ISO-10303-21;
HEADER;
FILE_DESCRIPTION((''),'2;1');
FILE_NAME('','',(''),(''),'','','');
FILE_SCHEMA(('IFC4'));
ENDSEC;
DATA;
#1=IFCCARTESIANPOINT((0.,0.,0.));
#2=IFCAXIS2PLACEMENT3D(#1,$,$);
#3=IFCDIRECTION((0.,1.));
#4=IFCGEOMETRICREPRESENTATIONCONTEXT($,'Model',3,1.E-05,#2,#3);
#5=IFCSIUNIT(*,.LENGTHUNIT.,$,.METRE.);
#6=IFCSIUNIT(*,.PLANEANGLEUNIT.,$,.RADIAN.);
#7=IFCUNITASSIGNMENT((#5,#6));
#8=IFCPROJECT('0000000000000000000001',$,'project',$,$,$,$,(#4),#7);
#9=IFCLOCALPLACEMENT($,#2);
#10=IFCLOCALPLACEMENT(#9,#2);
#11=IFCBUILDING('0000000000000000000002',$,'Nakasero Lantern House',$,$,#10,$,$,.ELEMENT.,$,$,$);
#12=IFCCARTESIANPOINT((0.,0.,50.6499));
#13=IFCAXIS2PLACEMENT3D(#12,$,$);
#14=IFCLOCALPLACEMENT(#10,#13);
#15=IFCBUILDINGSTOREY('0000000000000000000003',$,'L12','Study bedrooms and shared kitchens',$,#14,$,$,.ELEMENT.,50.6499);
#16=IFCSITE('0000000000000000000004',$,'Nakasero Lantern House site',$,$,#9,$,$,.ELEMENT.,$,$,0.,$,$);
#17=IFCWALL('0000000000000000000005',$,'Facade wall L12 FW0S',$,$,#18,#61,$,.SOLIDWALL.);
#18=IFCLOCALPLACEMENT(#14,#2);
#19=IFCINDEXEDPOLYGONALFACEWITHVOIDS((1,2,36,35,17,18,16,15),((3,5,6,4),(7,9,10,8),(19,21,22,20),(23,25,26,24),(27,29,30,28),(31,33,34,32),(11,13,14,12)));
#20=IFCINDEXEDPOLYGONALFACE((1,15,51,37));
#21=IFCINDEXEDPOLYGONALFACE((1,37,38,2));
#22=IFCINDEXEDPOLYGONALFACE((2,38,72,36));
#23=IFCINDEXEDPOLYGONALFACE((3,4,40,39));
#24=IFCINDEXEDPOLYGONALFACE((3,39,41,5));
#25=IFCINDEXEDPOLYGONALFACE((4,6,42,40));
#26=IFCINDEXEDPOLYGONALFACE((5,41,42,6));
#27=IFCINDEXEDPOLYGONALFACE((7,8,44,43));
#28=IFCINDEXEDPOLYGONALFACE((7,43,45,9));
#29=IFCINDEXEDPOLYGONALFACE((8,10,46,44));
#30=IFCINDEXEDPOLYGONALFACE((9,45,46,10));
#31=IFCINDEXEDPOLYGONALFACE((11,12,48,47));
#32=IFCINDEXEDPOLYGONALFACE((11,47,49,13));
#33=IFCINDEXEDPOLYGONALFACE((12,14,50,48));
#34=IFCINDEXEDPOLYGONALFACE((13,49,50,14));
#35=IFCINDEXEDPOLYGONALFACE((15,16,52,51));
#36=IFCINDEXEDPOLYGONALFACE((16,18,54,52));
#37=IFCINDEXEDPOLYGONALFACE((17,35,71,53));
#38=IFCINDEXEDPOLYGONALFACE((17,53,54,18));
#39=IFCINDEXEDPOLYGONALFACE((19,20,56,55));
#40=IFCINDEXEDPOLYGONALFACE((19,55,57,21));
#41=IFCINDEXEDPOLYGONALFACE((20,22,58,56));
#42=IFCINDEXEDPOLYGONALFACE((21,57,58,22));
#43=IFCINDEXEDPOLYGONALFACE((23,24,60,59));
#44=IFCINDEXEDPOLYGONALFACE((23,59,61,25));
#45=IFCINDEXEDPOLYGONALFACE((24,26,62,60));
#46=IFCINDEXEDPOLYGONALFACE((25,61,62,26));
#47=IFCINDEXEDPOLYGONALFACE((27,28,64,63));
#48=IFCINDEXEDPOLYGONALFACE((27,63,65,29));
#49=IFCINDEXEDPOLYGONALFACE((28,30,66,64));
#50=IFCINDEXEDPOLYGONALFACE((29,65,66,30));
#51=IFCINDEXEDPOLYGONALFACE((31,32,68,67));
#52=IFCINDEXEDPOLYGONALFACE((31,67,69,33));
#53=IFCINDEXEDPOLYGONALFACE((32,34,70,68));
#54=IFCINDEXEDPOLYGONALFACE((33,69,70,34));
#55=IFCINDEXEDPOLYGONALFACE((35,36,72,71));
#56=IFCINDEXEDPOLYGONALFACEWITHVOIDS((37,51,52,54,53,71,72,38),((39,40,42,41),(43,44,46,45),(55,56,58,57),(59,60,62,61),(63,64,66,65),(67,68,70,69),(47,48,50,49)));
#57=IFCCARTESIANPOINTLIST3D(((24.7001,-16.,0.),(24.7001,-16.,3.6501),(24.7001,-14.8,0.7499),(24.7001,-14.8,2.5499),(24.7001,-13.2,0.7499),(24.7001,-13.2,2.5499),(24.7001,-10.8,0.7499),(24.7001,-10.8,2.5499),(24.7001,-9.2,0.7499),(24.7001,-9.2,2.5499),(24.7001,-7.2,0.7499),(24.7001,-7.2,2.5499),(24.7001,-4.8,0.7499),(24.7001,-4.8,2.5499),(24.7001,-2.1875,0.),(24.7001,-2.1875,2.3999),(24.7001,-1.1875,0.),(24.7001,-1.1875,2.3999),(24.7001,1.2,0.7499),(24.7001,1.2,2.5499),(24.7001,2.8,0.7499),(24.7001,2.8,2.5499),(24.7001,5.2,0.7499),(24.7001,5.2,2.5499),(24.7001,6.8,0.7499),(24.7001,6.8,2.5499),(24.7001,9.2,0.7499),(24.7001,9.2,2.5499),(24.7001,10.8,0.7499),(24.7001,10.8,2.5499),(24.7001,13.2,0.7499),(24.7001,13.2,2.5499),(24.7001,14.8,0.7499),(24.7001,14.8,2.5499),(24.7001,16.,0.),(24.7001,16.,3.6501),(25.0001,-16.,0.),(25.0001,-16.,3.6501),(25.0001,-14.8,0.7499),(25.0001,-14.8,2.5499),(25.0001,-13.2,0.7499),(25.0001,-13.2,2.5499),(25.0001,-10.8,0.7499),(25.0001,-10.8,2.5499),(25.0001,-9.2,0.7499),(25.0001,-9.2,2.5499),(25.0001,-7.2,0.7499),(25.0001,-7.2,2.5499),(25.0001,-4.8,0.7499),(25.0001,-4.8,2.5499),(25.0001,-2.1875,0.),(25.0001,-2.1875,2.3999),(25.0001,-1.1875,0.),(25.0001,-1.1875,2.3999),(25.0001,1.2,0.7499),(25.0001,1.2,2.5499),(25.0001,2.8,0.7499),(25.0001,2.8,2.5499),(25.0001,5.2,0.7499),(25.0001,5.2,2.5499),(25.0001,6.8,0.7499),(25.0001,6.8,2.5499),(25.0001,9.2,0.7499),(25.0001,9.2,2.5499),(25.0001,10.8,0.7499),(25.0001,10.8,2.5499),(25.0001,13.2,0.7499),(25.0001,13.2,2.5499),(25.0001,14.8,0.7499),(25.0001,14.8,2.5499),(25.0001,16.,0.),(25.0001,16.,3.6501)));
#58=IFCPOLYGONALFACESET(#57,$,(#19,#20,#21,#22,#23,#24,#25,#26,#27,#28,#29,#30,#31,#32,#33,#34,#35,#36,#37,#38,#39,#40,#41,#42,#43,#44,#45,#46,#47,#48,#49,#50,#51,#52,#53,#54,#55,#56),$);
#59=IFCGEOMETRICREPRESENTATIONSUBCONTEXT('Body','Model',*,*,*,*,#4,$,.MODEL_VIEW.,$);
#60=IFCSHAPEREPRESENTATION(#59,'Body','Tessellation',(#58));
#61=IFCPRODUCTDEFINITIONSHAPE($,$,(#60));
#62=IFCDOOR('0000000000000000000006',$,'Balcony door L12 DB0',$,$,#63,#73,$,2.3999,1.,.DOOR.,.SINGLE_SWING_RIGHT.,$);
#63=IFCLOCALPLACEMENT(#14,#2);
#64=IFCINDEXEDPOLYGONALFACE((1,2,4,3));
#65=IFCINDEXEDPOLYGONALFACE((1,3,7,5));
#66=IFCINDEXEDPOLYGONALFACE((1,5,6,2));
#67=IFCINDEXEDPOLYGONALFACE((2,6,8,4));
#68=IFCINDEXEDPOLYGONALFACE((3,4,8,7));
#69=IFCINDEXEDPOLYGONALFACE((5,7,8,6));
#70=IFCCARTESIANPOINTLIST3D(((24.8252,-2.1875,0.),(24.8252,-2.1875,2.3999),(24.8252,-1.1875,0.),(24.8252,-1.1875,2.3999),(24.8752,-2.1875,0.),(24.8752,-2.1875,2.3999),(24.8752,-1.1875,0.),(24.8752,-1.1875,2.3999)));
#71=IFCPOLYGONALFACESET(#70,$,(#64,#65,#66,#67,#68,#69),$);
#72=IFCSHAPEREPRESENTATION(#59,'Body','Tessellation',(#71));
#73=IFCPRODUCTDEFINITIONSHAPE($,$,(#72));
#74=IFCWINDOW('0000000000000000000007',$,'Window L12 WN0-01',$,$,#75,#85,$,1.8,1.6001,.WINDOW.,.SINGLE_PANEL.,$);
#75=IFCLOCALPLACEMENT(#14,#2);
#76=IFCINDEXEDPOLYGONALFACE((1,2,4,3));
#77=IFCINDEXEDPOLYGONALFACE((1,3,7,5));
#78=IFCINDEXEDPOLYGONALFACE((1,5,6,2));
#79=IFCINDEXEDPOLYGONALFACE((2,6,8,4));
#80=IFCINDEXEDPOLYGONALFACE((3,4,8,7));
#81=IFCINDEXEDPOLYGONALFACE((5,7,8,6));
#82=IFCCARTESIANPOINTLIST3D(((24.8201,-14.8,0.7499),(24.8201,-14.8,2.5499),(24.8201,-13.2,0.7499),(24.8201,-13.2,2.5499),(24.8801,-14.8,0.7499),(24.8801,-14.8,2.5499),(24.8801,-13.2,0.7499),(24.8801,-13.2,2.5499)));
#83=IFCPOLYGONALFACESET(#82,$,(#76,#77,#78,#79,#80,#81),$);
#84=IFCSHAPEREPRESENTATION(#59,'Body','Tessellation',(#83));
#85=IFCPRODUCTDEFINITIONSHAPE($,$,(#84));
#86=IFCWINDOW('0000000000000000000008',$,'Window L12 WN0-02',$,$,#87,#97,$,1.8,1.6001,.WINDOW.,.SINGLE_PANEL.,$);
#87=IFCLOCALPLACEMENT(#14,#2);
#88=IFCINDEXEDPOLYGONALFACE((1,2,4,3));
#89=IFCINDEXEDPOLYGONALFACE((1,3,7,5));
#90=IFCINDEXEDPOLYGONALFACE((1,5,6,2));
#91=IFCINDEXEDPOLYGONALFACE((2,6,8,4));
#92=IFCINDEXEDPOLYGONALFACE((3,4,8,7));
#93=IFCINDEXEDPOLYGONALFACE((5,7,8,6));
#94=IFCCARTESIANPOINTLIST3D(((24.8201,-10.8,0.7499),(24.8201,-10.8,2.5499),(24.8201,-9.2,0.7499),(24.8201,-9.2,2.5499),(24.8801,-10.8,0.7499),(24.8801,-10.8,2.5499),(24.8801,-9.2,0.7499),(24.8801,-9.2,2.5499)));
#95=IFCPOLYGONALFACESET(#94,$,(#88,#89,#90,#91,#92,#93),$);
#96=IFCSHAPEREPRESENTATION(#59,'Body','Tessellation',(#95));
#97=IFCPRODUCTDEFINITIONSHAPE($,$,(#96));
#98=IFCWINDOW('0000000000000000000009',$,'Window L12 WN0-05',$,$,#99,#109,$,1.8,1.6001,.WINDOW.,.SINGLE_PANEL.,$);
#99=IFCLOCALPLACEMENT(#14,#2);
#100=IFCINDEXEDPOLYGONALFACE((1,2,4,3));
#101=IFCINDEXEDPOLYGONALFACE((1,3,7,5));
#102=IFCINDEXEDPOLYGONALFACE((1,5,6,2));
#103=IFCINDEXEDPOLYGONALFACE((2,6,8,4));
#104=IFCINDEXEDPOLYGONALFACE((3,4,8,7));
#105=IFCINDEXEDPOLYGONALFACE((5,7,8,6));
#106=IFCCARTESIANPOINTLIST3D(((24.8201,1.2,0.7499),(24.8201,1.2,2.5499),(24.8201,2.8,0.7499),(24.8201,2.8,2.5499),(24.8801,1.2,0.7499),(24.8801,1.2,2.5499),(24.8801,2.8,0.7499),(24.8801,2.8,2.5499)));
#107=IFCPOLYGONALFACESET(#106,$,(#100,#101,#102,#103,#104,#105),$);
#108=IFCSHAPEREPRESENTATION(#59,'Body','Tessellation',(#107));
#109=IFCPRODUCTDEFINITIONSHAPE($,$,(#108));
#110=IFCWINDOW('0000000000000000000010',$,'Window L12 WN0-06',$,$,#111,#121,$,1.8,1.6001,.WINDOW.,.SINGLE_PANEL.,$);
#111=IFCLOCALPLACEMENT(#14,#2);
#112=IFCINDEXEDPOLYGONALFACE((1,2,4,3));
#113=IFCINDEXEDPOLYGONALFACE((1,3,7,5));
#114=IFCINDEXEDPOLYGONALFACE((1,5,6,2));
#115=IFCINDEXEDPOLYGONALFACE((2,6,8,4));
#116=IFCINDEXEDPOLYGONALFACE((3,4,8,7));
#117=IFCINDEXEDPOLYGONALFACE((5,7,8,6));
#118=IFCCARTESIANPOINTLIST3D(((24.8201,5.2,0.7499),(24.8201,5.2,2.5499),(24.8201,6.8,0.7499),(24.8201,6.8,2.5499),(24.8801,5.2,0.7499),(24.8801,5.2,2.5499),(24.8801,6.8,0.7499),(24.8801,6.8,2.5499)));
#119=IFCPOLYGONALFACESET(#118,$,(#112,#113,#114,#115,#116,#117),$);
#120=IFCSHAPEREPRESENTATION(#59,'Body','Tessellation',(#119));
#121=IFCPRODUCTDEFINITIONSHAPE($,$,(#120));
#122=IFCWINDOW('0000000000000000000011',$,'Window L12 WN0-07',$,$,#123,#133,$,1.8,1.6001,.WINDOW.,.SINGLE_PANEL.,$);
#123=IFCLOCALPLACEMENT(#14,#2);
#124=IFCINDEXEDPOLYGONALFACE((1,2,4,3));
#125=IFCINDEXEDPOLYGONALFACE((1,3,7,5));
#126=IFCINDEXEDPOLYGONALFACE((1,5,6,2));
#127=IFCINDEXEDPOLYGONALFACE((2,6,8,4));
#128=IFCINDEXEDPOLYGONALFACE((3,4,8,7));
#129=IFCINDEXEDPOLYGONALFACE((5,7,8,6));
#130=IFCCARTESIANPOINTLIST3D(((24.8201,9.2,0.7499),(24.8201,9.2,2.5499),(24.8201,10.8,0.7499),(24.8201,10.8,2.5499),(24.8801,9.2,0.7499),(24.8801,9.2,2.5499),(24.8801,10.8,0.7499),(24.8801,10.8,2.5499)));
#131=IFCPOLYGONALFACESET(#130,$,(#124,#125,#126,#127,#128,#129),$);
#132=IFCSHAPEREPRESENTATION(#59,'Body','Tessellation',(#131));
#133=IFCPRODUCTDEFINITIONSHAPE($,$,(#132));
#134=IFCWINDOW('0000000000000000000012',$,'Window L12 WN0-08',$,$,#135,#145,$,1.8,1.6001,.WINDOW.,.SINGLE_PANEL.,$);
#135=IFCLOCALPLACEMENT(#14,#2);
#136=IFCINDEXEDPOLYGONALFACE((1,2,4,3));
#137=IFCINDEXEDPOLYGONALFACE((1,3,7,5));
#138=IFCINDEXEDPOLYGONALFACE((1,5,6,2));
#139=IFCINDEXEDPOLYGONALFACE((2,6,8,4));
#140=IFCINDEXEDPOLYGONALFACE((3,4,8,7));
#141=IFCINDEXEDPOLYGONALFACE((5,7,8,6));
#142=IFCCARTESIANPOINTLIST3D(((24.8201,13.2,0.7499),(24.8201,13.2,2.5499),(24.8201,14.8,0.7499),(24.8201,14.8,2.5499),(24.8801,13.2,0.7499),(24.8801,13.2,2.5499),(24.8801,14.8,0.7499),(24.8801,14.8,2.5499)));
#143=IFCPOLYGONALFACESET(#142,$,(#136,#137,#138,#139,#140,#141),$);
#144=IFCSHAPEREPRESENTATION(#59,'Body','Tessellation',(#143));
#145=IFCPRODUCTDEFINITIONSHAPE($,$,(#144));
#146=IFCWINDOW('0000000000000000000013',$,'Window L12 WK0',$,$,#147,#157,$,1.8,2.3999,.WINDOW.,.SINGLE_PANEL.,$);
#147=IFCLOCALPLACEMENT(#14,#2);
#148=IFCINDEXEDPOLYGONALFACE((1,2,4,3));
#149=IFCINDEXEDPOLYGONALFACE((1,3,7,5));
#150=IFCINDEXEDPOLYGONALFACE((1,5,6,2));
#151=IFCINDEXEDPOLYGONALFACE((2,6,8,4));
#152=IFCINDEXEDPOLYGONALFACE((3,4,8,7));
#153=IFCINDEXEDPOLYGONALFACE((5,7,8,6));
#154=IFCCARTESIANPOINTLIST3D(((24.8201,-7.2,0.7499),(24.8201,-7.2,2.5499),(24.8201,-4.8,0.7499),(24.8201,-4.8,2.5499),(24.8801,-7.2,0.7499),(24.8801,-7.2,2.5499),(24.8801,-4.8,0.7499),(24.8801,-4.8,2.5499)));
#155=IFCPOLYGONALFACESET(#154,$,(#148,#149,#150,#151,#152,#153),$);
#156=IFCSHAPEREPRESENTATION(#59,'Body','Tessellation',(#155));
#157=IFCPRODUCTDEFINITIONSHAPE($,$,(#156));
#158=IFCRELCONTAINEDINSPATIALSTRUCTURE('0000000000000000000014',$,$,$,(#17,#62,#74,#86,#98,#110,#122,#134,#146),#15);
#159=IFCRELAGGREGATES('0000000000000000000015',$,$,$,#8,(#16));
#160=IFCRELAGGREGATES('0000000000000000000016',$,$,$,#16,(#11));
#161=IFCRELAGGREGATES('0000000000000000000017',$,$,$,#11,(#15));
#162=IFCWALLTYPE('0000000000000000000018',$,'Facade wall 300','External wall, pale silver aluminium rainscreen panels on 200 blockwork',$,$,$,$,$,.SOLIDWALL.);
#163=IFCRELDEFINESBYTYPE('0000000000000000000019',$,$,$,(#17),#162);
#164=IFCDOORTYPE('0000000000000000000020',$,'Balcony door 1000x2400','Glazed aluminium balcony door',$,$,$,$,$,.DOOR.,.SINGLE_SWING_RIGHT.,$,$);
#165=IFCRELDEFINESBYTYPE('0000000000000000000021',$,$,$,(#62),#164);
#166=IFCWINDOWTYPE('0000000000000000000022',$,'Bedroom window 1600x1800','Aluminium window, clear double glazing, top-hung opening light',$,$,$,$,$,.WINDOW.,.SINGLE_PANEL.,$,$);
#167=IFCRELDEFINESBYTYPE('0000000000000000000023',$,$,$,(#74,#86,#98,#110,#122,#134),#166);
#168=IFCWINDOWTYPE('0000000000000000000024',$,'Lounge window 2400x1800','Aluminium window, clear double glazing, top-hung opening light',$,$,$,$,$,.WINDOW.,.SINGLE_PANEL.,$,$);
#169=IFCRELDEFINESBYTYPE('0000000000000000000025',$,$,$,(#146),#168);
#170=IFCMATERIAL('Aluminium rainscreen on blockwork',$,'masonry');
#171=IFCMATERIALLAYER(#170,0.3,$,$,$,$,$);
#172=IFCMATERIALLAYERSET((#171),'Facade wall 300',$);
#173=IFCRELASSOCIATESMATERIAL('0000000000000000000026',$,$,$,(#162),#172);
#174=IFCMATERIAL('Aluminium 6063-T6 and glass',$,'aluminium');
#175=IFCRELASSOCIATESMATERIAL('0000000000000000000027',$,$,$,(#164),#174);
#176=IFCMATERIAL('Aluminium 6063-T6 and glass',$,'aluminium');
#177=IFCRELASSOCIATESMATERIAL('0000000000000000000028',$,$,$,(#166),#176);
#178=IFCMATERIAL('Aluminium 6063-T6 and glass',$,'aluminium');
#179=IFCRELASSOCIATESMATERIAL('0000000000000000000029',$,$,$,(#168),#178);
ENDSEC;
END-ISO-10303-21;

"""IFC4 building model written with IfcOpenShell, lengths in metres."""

from ifc_helpers import new_model, si_unit, direction, frame, frame_2d, origin, place, context, subcontext, project, spatial, rectangle, extrude, material, layer, layer_set, type_object, element, fill, save


model = new_model("IFC4")

# Units and contexts
model_context = context("Model", 3, precision=1e-05, world=origin(), true_north=direction((0.0, 1.0)))
body_context = subcontext(model_context, "Body", "Model", "MODEL_VIEW")
ifc_project = project(units=[si_unit("LENGTHUNIT", "METRE"), si_unit("PLANEANGLEUNIT", "RADIAN")], contexts=[model_context])

# Site, building, storey
site_placement = place(None, origin())
site = spatial("IfcSite", under=ifc_project, at=site_placement, Name="Nakasero Lantern House site", CompositionType="ELEMENT", RefElevation=0.0)
building_placement = place(site_placement, origin())
building = spatial("IfcBuilding", under=site, at=building_placement, Name="Nakasero Lantern House", CompositionType="ELEMENT")
storey_placement = place(building_placement, frame((0.0, 0.0, 50.6499)))
storey = spatial("IfcBuildingStorey", under=building, at=storey_placement, Name="L12", Description="Study bedrooms and shared kitchens", CompositionType="ELEMENT", Elevation=50.6499)

# Wall, openings, door, windows
ifc_material_1 = material(Name="Aluminium rainscreen on blockwork", Category="masonry")
ifc_layer_1 = layer(ifc_material_1, 0.3)
ifc_layer_set_1 = layer_set([ifc_layer_1], Name="Facade wall 300")
wall_type_1 = type_object("IfcWallType", Name="Facade wall 300", Description="External wall, pale silver aluminium rainscreen panels on 200 blockwork", PredefinedType="SOLIDWALL", material=ifc_layer_set_1)
wall_1_placement = place(storey_placement, frame((24.8501, -16.0, 0.0), z_axis=(0.0, 0.0, 1.0), x_axis=(0.0, 1.0, 0.0)))
wall_1 = element("IfcWall", 1, at=wall_1_placement, inside=storey, type_object=wall_type_1, Name="Facade wall L12 FW0S", PredefinedType="SOLIDWALL", context=body_context, shape_type="SweptSolid", body=[
    extrude(rectangle(XDim=32.0, YDim=0.3, at=frame_2d((16.0, 0.0))), origin(), (0.0, 0.0, 1.0), 3.6501),
])
opening_1_placement = place(wall_1_placement, frame((1.2, 0.0, 0.75)))
opening_1 = element("IfcOpeningElement", 2, at=opening_1_placement, cuts=wall_1, PredefinedType="OPENING", context=body_context, shape_type="SweptSolid", body=[
    extrude(rectangle(XDim=1.6001, YDim=1.8, at=frame_2d((0.8, 0.8999))), frame((0.0, 0.1699, 0.0), z_axis=(0.0, -1.0, 0.0), x_axis=(1.0, 0.0, 0.0)), (0.0, 0.0, 1.0), 0.3401),
])
opening_2_placement = place(wall_1_placement, frame((5.2, 0.0, 0.75)))
opening_2 = element("IfcOpeningElement", 3, at=opening_2_placement, cuts=wall_1, PredefinedType="OPENING", context=body_context, shape_type="SweptSolid", body=[
    extrude(rectangle(XDim=1.6001, YDim=1.8, at=frame_2d((0.8, 0.8999))), frame((0.0, 0.1699, 0.0), z_axis=(0.0, -1.0, 0.0), x_axis=(1.0, 0.0, 0.0)), (0.0, 0.0, 1.0), 0.3401),
])
opening_3_placement = place(wall_1_placement, frame((17.2, 0.0, 0.75)))
opening_3 = element("IfcOpeningElement", 4, at=opening_3_placement, cuts=wall_1, PredefinedType="OPENING", context=body_context, shape_type="SweptSolid", body=[
    extrude(rectangle(XDim=1.6001, YDim=1.8, at=frame_2d((0.8, 0.8999))), frame((0.0, 0.1699, 0.0), z_axis=(0.0, -1.0, 0.0), x_axis=(1.0, 0.0, 0.0)), (0.0, 0.0, 1.0), 0.3401),
])
opening_4_placement = place(wall_1_placement, frame((21.2, 0.0, 0.75)))
opening_4 = element("IfcOpeningElement", 5, at=opening_4_placement, cuts=wall_1, PredefinedType="OPENING", context=body_context, shape_type="SweptSolid", body=[
    extrude(rectangle(XDim=1.6001, YDim=1.8, at=frame_2d((0.8, 0.8999))), frame((0.0, 0.1699, 0.0), z_axis=(0.0, -1.0, 0.0), x_axis=(1.0, 0.0, 0.0)), (0.0, 0.0, 1.0), 0.3401),
])
opening_5_placement = place(wall_1_placement, frame((25.2, 0.0, 0.75)))
opening_5 = element("IfcOpeningElement", 6, at=opening_5_placement, cuts=wall_1, PredefinedType="OPENING", context=body_context, shape_type="SweptSolid", body=[
    extrude(rectangle(XDim=1.6001, YDim=1.8, at=frame_2d((0.8, 0.8999))), frame((0.0, 0.1699, 0.0), z_axis=(0.0, -1.0, 0.0), x_axis=(1.0, 0.0, 0.0)), (0.0, 0.0, 1.0), 0.3401),
])
opening_6_placement = place(wall_1_placement, frame((29.2, 0.0, 0.75)))
opening_6 = element("IfcOpeningElement", 7, at=opening_6_placement, cuts=wall_1, PredefinedType="OPENING", context=body_context, shape_type="SweptSolid", body=[
    extrude(rectangle(XDim=1.6001, YDim=1.8, at=frame_2d((0.8, 0.8999))), frame((0.0, 0.1699, 0.0), z_axis=(0.0, -1.0, 0.0), x_axis=(1.0, 0.0, 0.0)), (0.0, 0.0, 1.0), 0.3401),
])
opening_7_placement = place(wall_1_placement, frame((8.8, 0.0, 0.75)))
opening_7 = element("IfcOpeningElement", 8, at=opening_7_placement, cuts=wall_1, PredefinedType="OPENING", context=body_context, shape_type="SweptSolid", body=[
    extrude(rectangle(XDim=2.3999, YDim=1.8, at=frame_2d((1.2, 0.8999))), frame((0.0, 0.1699, 0.0), z_axis=(0.0, -1.0, 0.0), x_axis=(1.0, 0.0, 0.0)), (0.0, 0.0, 1.0), 0.3401),
])
opening_8_placement = place(wall_1_placement, frame((13.8125, 0.0, 0.0)))
opening_8 = element("IfcOpeningElement", 9, at=opening_8_placement, cuts=wall_1, PredefinedType="OPENING", context=body_context, shape_type="SweptSolid", body=[
    extrude(rectangle(XDim=1.0, YDim=2.3999, at=frame_2d((0.5, 1.2))), frame((0.0, 0.1699, 0.0), z_axis=(0.0, -1.0, 0.0), x_axis=(1.0, 0.0, 0.0)), (0.0, 0.0, 1.0), 0.3401),
])
ifc_material_2 = material(Name="Aluminium 6063-T6 and glass", Category="aluminium")
door_type_1 = type_object("IfcDoorType", Name="Balcony door 1000x2400", Description="Glazed aluminium balcony door", OperationType="SINGLE_SWING_RIGHT", PredefinedType="DOOR", material=ifc_material_2)
door_1_placement = place(opening_8_placement, origin())
door_1 = element("IfcDoor", 10, at=door_1_placement, inside=storey, type_object=door_type_1, Name="Balcony door L12 DB0", OperationType="SINGLE_SWING_RIGHT", OverallHeight=2.3999, OverallWidth=1.0, PredefinedType="DOOR", context=body_context, shape_type="SweptSolid", body=[
    extrude(rectangle(XDim=1.0, YDim=2.3999, at=frame_2d((0.5, 1.2))), frame((0.0, 0.0249, 0.0), z_axis=(0.0, -1.0, 0.0), x_axis=(1.0, 0.0, 0.0)), (0.0, 0.0, 1.0), 0.05),
])
fill(opening_8, door_1)
ifc_material_3 = material(Name="Aluminium 6063-T6 and glass", Category="aluminium")
window_type_1 = type_object("IfcWindowType", Name="Bedroom window 1600x1800", Description="Aluminium window, clear double glazing, top-hung opening light", PartitioningType="SINGLE_PANEL", PredefinedType="WINDOW", material=ifc_material_3)
window_1_placement = place(opening_1_placement, origin())
window_1 = element("IfcWindow", 11, at=window_1_placement, inside=storey, type_object=window_type_1, Name="Window L12 WN0-01", OverallHeight=1.8, OverallWidth=1.6001, PartitioningType="SINGLE_PANEL", PredefinedType="WINDOW", context=body_context, shape_type="SweptSolid", body=[
    extrude(rectangle(XDim=1.6001, YDim=1.8, at=frame_2d((0.8, 0.8999))), frame((0.0, 0.03, 0.0), z_axis=(0.0, -1.0, 0.0), x_axis=(1.0, 0.0, 0.0)), (0.0, 0.0, 1.0), 0.0601),
])
fill(opening_1, window_1)
window_2_placement = place(opening_2_placement, origin())
window_2 = element("IfcWindow", 12, at=window_2_placement, inside=storey, type_object=window_type_1, Name="Window L12 WN0-02", OverallHeight=1.8, OverallWidth=1.6001, PartitioningType="SINGLE_PANEL", PredefinedType="WINDOW", context=body_context, shape_type="SweptSolid", body=[
    extrude(rectangle(XDim=1.6001, YDim=1.8, at=frame_2d((0.8, 0.8999))), frame((0.0, 0.03, 0.0), z_axis=(0.0, -1.0, 0.0), x_axis=(1.0, 0.0, 0.0)), (0.0, 0.0, 1.0), 0.0601),
])
fill(opening_2, window_2)
window_3_placement = place(opening_3_placement, origin())
window_3 = element("IfcWindow", 13, at=window_3_placement, inside=storey, type_object=window_type_1, Name="Window L12 WN0-05", OverallHeight=1.8, OverallWidth=1.6001, PartitioningType="SINGLE_PANEL", PredefinedType="WINDOW", context=body_context, shape_type="SweptSolid", body=[
    extrude(rectangle(XDim=1.6001, YDim=1.8, at=frame_2d((0.8, 0.8999))), frame((0.0, 0.03, 0.0), z_axis=(0.0, -1.0, 0.0), x_axis=(1.0, 0.0, 0.0)), (0.0, 0.0, 1.0), 0.0601),
])
fill(opening_3, window_3)
window_4_placement = place(opening_4_placement, origin())
window_4 = element("IfcWindow", 14, at=window_4_placement, inside=storey, type_object=window_type_1, Name="Window L12 WN0-06", OverallHeight=1.8, OverallWidth=1.6001, PartitioningType="SINGLE_PANEL", PredefinedType="WINDOW", context=body_context, shape_type="SweptSolid", body=[
    extrude(rectangle(XDim=1.6001, YDim=1.8, at=frame_2d((0.8, 0.8999))), frame((0.0, 0.03, 0.0), z_axis=(0.0, -1.0, 0.0), x_axis=(1.0, 0.0, 0.0)), (0.0, 0.0, 1.0), 0.0601),
])
fill(opening_4, window_4)
window_5_placement = place(opening_5_placement, origin())
window_5 = element("IfcWindow", 15, at=window_5_placement, inside=storey, type_object=window_type_1, Name="Window L12 WN0-07", OverallHeight=1.8, OverallWidth=1.6001, PartitioningType="SINGLE_PANEL", PredefinedType="WINDOW", context=body_context, shape_type="SweptSolid", body=[
    extrude(rectangle(XDim=1.6001, YDim=1.8, at=frame_2d((0.8, 0.8999))), frame((0.0, 0.03, 0.0), z_axis=(0.0, -1.0, 0.0), x_axis=(1.0, 0.0, 0.0)), (0.0, 0.0, 1.0), 0.0601),
])
fill(opening_5, window_5)
window_6_placement = place(opening_6_placement, origin())
window_6 = element("IfcWindow", 16, at=window_6_placement, inside=storey, type_object=window_type_1, Name="Window L12 WN0-08", OverallHeight=1.8, OverallWidth=1.6001, PartitioningType="SINGLE_PANEL", PredefinedType="WINDOW", context=body_context, shape_type="SweptSolid", body=[
    extrude(rectangle(XDim=1.6001, YDim=1.8, at=frame_2d((0.8, 0.8999))), frame((0.0, 0.03, 0.0), z_axis=(0.0, -1.0, 0.0), x_axis=(1.0, 0.0, 0.0)), (0.0, 0.0, 1.0), 0.0601),
])
fill(opening_6, window_6)
ifc_material_4 = material(Name="Aluminium 6063-T6 and glass", Category="aluminium")
window_type_2 = type_object("IfcWindowType", Name="Lounge window 2400x1800", Description="Aluminium window, clear double glazing, top-hung opening light", PartitioningType="SINGLE_PANEL", PredefinedType="WINDOW", material=ifc_material_4)
window_7_placement = place(opening_7_placement, origin())
window_7 = element("IfcWindow", 17, at=window_7_placement, inside=storey, type_object=window_type_2, Name="Window L12 WK0", OverallHeight=1.8, OverallWidth=2.3999, PartitioningType="SINGLE_PANEL", PredefinedType="WINDOW", context=body_context, shape_type="SweptSolid", body=[
    extrude(rectangle(XDim=2.3999, YDim=1.8, at=frame_2d((1.2, 0.8999))), frame((0.0, 0.03, 0.0), z_axis=(0.0, -1.0, 0.0), x_axis=(1.0, 0.0, 0.0)), (0.0, 0.0, 1.0), 0.0601),
])
fill(opening_7, window_7)

save(model, "model.ifc")
